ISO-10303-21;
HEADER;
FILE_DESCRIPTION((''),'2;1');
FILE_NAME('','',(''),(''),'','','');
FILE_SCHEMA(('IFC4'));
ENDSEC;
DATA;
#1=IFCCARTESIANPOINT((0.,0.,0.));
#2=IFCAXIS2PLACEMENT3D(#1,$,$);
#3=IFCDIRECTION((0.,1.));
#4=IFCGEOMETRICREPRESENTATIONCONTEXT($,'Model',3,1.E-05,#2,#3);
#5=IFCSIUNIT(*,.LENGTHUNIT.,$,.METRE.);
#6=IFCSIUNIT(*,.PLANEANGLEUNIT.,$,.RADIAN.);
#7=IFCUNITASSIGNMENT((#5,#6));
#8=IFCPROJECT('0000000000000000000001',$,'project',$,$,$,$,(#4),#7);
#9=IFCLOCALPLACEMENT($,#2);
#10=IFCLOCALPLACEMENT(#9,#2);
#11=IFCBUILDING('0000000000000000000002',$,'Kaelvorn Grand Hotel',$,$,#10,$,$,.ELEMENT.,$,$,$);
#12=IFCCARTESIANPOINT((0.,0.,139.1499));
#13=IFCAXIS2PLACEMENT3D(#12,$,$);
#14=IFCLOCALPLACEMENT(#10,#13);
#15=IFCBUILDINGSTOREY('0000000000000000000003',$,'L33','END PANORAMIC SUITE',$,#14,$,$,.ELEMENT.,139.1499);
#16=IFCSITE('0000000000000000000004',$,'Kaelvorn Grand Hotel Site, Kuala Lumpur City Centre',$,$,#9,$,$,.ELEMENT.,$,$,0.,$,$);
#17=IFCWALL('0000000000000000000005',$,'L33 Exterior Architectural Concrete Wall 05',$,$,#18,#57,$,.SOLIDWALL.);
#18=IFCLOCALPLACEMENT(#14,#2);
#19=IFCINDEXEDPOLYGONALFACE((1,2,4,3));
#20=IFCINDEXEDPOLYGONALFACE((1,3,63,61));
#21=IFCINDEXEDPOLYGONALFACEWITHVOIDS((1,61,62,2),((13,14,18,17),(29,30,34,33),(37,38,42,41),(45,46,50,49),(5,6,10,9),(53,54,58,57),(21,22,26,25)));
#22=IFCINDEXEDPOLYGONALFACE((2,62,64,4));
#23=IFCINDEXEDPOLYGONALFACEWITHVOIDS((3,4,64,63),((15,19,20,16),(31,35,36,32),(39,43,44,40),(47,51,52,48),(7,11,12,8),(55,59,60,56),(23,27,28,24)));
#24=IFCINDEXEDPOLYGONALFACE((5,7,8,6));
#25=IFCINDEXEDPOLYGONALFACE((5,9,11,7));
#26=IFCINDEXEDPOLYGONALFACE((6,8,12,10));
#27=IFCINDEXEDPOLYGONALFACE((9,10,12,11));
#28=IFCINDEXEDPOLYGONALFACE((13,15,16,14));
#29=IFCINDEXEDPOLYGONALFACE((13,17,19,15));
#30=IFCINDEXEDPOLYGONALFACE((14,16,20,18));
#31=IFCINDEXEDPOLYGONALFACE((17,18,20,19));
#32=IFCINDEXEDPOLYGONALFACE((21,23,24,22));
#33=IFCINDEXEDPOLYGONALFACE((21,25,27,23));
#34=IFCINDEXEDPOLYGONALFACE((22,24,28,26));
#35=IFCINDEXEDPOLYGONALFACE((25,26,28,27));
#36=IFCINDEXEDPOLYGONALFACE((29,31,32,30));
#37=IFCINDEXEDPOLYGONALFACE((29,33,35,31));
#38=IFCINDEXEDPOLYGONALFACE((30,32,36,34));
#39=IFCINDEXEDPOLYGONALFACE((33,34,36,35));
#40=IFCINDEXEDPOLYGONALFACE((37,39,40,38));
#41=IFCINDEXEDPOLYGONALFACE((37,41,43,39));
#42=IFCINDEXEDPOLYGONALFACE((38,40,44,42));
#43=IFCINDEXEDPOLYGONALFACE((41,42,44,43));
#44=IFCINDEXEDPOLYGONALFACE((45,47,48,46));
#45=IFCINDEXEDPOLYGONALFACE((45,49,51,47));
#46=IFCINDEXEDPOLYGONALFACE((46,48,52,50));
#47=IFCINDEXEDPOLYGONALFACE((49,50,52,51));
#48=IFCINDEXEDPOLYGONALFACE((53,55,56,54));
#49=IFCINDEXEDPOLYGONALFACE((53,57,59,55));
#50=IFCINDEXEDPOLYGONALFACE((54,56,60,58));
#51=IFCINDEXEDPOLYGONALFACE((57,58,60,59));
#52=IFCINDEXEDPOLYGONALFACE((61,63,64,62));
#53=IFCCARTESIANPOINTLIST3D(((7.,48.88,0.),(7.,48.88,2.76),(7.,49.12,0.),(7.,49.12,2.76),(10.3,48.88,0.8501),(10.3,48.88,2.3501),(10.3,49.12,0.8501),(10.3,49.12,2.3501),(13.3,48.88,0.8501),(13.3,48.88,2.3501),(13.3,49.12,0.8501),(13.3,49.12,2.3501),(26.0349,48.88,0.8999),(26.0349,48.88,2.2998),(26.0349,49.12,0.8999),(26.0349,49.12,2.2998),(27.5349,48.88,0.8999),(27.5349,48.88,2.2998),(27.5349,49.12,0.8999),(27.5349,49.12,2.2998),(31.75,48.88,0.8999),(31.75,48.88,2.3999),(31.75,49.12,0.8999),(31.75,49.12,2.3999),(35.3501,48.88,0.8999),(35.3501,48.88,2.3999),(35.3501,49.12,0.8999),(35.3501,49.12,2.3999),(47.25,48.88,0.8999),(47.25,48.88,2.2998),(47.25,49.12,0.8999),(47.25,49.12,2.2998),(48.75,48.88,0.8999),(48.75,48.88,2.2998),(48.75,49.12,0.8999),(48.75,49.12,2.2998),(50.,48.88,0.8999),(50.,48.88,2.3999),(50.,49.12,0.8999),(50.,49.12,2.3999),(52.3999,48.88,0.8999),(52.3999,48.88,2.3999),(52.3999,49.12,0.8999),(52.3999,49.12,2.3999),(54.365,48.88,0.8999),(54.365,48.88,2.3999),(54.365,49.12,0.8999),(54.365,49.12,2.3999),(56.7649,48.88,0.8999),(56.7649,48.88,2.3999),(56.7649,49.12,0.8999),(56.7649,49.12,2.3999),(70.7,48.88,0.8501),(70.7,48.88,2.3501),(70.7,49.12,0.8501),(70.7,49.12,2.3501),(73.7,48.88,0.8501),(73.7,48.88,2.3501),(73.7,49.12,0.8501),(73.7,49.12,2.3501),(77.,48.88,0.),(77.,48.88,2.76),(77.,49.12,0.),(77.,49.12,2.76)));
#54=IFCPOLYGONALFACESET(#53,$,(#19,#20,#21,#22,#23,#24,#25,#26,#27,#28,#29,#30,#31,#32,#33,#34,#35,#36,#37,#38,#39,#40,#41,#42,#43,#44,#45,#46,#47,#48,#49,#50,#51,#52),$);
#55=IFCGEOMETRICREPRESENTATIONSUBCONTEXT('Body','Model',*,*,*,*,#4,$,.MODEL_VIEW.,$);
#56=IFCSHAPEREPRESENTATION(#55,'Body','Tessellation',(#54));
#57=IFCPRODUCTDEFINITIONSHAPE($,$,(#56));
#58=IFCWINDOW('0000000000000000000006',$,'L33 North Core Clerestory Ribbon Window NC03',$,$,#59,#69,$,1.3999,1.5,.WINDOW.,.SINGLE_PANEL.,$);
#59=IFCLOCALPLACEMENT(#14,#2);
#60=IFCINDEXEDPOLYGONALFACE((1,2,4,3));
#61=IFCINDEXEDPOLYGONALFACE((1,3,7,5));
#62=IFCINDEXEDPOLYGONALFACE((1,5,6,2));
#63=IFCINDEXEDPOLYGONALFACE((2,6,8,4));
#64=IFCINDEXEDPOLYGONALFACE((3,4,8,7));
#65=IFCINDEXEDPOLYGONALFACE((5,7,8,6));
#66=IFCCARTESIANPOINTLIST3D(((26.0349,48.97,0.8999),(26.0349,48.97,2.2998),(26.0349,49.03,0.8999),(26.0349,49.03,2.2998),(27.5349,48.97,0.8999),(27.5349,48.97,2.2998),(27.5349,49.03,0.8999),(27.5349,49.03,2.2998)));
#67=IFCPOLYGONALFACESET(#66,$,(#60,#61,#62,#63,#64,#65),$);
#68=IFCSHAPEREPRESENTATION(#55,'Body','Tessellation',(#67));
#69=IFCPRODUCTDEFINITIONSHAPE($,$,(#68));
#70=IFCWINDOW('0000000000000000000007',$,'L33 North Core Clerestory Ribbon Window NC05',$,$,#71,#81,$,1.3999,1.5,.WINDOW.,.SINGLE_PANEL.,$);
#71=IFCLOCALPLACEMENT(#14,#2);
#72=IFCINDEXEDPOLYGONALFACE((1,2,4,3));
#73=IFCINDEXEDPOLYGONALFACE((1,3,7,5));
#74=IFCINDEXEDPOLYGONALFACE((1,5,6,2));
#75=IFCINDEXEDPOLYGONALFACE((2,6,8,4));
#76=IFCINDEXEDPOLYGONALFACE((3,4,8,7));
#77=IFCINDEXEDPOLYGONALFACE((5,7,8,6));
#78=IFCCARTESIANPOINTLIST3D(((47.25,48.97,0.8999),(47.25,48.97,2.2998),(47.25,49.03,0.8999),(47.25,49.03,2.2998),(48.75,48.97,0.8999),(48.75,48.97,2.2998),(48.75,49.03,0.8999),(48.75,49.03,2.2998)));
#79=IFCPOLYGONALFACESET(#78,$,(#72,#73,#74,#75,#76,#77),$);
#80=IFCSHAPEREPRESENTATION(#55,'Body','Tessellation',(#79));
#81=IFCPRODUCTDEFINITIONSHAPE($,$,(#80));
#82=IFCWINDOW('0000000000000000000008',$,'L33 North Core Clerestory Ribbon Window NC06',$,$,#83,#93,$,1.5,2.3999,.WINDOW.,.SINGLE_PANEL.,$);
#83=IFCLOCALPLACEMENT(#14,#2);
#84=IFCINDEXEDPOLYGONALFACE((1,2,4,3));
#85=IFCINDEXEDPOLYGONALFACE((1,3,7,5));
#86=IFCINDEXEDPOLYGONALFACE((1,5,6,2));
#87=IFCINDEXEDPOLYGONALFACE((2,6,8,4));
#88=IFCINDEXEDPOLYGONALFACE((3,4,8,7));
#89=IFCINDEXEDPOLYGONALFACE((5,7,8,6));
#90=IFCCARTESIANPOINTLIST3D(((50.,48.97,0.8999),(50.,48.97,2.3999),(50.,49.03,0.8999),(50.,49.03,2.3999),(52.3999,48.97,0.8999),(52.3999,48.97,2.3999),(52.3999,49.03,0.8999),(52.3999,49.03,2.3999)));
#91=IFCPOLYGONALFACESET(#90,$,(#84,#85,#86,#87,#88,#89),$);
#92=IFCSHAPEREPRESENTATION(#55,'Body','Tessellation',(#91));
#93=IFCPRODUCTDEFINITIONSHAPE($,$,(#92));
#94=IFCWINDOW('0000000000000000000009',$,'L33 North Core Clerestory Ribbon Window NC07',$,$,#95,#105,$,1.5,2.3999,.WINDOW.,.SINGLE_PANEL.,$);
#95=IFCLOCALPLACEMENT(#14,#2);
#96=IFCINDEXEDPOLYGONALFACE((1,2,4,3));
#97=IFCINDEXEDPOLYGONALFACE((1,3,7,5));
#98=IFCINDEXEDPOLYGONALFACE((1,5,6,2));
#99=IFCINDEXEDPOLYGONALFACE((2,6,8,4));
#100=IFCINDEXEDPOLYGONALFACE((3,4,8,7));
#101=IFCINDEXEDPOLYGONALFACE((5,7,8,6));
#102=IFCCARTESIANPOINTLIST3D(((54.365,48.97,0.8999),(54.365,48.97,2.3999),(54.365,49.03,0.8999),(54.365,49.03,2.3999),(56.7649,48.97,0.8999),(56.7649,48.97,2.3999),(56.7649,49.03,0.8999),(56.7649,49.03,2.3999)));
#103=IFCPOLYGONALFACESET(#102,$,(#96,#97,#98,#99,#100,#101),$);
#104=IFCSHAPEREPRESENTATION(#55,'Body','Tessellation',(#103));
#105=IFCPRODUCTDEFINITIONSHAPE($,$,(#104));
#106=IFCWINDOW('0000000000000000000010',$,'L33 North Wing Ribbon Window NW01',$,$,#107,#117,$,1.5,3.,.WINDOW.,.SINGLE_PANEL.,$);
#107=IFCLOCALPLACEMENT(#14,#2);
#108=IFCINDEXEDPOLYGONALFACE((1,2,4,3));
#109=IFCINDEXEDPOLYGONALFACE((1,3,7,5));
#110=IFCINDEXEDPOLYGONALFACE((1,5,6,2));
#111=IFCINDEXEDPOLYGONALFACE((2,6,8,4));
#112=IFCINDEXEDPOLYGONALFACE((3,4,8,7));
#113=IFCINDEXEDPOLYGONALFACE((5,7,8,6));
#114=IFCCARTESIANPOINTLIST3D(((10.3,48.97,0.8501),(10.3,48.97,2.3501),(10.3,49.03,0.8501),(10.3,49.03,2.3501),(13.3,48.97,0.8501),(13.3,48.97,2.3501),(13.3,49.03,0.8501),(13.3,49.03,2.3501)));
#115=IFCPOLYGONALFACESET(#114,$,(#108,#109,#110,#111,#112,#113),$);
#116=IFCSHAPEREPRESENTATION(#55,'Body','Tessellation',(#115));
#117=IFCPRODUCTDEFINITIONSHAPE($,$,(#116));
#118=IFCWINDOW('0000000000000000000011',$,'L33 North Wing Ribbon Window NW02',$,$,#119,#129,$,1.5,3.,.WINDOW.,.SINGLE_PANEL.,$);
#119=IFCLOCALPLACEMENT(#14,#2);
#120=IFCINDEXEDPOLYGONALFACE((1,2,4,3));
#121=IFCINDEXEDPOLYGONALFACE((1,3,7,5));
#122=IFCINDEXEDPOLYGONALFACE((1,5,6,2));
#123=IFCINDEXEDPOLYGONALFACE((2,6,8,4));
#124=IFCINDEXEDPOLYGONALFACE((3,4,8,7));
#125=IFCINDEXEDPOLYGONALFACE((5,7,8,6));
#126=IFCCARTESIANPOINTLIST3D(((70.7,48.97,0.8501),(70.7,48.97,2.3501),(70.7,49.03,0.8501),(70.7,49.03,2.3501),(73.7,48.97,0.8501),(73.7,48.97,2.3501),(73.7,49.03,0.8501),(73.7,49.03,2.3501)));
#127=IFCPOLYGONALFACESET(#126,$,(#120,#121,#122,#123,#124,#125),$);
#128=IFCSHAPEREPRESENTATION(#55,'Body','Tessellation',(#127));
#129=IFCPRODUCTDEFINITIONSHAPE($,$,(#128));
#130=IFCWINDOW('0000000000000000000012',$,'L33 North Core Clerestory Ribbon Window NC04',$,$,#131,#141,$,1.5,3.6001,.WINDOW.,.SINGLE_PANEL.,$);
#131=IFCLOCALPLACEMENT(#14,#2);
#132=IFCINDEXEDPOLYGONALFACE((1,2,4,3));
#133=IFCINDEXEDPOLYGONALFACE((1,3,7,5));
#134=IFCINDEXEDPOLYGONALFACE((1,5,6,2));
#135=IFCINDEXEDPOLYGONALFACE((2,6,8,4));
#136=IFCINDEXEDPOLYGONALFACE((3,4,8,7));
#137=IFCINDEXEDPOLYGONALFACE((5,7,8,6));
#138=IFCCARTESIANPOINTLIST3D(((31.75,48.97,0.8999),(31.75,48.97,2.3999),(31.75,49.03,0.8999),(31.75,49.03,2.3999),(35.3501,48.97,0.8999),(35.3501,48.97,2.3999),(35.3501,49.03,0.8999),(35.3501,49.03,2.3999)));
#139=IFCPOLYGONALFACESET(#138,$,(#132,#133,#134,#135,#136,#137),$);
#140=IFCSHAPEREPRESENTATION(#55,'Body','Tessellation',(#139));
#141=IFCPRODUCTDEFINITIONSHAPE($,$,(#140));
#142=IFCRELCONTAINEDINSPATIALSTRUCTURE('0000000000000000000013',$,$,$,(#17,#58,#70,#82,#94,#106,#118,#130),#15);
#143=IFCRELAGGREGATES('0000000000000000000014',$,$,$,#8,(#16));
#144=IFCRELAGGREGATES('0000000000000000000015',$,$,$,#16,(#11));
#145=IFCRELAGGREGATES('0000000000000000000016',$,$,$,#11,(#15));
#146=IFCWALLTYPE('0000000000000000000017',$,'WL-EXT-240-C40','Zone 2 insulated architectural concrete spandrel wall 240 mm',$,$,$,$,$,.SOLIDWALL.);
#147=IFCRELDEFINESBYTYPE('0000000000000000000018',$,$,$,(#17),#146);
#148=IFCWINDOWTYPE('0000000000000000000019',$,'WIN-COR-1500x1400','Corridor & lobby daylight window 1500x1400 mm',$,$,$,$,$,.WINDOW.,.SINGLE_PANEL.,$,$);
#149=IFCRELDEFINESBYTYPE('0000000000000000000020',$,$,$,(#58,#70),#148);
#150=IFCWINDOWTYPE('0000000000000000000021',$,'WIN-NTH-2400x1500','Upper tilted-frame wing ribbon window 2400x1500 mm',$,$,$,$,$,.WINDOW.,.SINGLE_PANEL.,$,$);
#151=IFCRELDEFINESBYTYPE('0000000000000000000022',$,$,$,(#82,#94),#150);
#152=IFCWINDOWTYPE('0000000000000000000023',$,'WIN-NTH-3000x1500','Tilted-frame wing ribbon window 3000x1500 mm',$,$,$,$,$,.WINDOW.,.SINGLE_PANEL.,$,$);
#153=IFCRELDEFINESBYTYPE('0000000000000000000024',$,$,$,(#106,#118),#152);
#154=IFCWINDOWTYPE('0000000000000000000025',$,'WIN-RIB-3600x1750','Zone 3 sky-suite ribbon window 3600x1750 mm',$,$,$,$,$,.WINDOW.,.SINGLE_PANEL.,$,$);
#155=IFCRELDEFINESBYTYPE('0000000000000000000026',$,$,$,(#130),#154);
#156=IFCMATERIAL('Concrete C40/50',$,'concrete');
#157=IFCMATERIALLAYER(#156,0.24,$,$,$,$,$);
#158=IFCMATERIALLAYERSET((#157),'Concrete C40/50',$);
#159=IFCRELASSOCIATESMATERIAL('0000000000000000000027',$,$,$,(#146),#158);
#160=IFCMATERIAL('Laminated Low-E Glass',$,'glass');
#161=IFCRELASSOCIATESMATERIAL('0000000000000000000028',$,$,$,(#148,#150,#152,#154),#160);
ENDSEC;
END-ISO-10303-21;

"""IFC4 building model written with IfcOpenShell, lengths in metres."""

from ifc_helpers import new_model, si_unit, direction, frame, frame_2d, origin, place, context, subcontext, project, spatial, rectangle, extrude, material, layer, layer_set, type_object, element, fill, save


model = new_model("IFC4")

# Units and contexts
model_context = context("Model", 3, precision=1e-05, world=origin(), true_north=direction((0.0, 1.0)))
body_context = subcontext(model_context, "Body", "Model", "MODEL_VIEW")
ifc_project = project(units=[si_unit("LENGTHUNIT", "METRE"), si_unit("PLANEANGLEUNIT", "RADIAN")], contexts=[model_context])

# Site, building, storey
site_placement = place(None, origin())
site = spatial("IfcSite", under=ifc_project, at=site_placement, Name="Kaelvorn Grand Hotel Site, Kuala Lumpur City Centre", CompositionType="ELEMENT", RefElevation=0.0)
building_placement = place(site_placement, origin())
building = spatial("IfcBuilding", under=site, at=building_placement, Name="Kaelvorn Grand Hotel", CompositionType="ELEMENT")
storey_placement = place(building_placement, frame((0.0, 0.0, 139.1499)))
storey = spatial("IfcBuildingStorey", under=building, at=storey_placement, Name="L33", Description="END PANORAMIC SUITE", CompositionType="ELEMENT", Elevation=139.1499)

# Shared definitions
ifc_material_1 = material(Name="Concrete C40/50", Category="concrete")
ifc_layer_1 = layer(ifc_material_1, 0.24)
ifc_layer_set_1 = layer_set([ifc_layer_1], Name="Concrete C40/50")
wall_type = type_object("IfcWallType", Name="WL-EXT-240-C40", Description="Zone 2 insulated architectural concrete spandrel wall 240 mm", PredefinedType="SOLIDWALL", material=ifc_layer_set_1)
ifc_material_2 = material(Name="Laminated Low-E Glass", Category="glass")

# Wall, openings, windows
wall_1_placement = place(storey_placement, frame((77.0, 49.0, 0.0), z_axis=(0.0, 0.0, 1.0), x_axis=(-1.0, 0.0, 0.0)))
wall_1 = element("IfcWall", 1, at=wall_1_placement, inside=storey, type_object=wall_type, Name="L33 Exterior Architectural Concrete Wall 05", PredefinedType="SOLIDWALL", context=body_context, shape_type="SweptSolid", body=[
    extrude(rectangle(XDim=70.0, YDim=0.24, at=frame_2d((35.0, 0.0))), origin(), (0.0, 0.0, 1.0), 2.76),
])
opening_1_placement = place(wall_1_placement, frame((63.7, 0.0, 0.8501)))
opening_1 = element("IfcOpeningElement", 2, at=opening_1_placement, cuts=wall_1, PredefinedType="OPENING", context=body_context, shape_type="SweptSolid", body=[
    extrude(rectangle(XDim=3.0, YDim=1.5, at=frame_2d((1.5, 0.75))), frame((0.0, 0.1299, 0.0), z_axis=(0.0, -1.0, 0.0), x_axis=(1.0, 0.0, 0.0)), (0.0, 0.0, 1.0), 0.26),
])
opening_2_placement = place(wall_1_placement, frame((3.3, 0.0, 0.8501)))
opening_2 = element("IfcOpeningElement", 3, at=opening_2_placement, cuts=wall_1, PredefinedType="OPENING", context=body_context, shape_type="SweptSolid", body=[
    extrude(rectangle(XDim=3.0, YDim=1.5, at=frame_2d((1.5, 0.75))), frame((0.0, 0.1299, 0.0), z_axis=(0.0, -1.0, 0.0), x_axis=(1.0, 0.0, 0.0)), (0.0, 0.0, 1.0), 0.26),
])
opening_3_placement = place(wall_1_placement, frame((49.4651, 0.0, 0.8999)))
opening_3 = element("IfcOpeningElement", 4, at=opening_3_placement, cuts=wall_1, PredefinedType="OPENING", context=body_context, shape_type="SweptSolid", body=[
    extrude(rectangle(XDim=1.5, YDim=1.3999, at=frame_2d((0.75, 0.7))), frame((0.0, 0.1299, 0.0), z_axis=(0.0, -1.0, 0.0), x_axis=(1.0, 0.0, 0.0)), (0.0, 0.0, 1.0), 0.26),
])
opening_4_placement = place(wall_1_placement, frame((41.6499, 0.0, 0.8999)))
opening_4 = element("IfcOpeningElement", 5, at=opening_4_placement, cuts=wall_1, PredefinedType="OPENING", context=body_context, shape_type="SweptSolid", body=[
    extrude(rectangle(XDim=3.6001, YDim=1.5, at=frame_2d((1.8, 0.75))), frame((0.0, 0.1299, 0.0), z_axis=(0.0, -1.0, 0.0), x_axis=(1.0, 0.0, 0.0)), (0.0, 0.0, 1.0), 0.26),
])
opening_5_placement = place(wall_1_placement, frame((28.25, 0.0, 0.8999)))
opening_5 = element("IfcOpeningElement", 6, at=opening_5_placement, cuts=wall_1, PredefinedType="OPENING", context=body_context, shape_type="SweptSolid", body=[
    extrude(rectangle(XDim=1.5, YDim=1.3999, at=frame_2d((0.75, 0.7))), frame((0.0, 0.1299, 0.0), z_axis=(0.0, -1.0, 0.0), x_axis=(1.0, 0.0, 0.0)), (0.0, 0.0, 1.0), 0.26),
])
opening_6_placement = place(wall_1_placement, frame((24.6001, 0.0, 0.8999)))
opening_6 = element("IfcOpeningElement", 7, at=opening_6_placement, cuts=wall_1, PredefinedType="OPENING", context=body_context, shape_type="SweptSolid", body=[
    extrude(rectangle(XDim=2.3999, YDim=1.5, at=frame_2d((1.2, 0.75))), frame((0.0, 0.1299, 0.0), z_axis=(0.0, -1.0, 0.0), x_axis=(1.0, 0.0, 0.0)), (0.0, 0.0, 1.0), 0.26),
])
opening_7_placement = place(wall_1_placement, frame((20.2351, 0.0, 0.8999)))
opening_7 = element("IfcOpeningElement", 8, at=opening_7_placement, cuts=wall_1, PredefinedType="OPENING", context=body_context, shape_type="SweptSolid", body=[
    extrude(rectangle(XDim=2.3999, YDim=1.5, at=frame_2d((1.2, 0.75))), frame((0.0, 0.1299, 0.0), z_axis=(0.0, -1.0, 0.0), x_axis=(1.0, 0.0, 0.0)), (0.0, 0.0, 1.0), 0.26),
])
window_type_1 = type_object("IfcWindowType", Name="WIN-COR-1500x1400", Description="Corridor & lobby daylight window 1500x1400 mm", PartitioningType="SINGLE_PANEL", PredefinedType="WINDOW", material=ifc_material_2)
window_1_placement = place(opening_3_placement, origin())
window_1 = element("IfcWindow", 9, at=window_1_placement, inside=storey, type_object=window_type_1, Name="L33 North Core Clerestory Ribbon Window NC03", OverallHeight=1.3999, OverallWidth=1.5, PartitioningType="SINGLE_PANEL", PredefinedType="WINDOW", context=body_context, shape_type="SweptSolid", body=[
    extrude(rectangle(XDim=1.5, YDim=1.3999, at=frame_2d((0.75, 0.7))), frame((0.0, 0.03, 0.0), z_axis=(0.0, -1.0, 0.0), x_axis=(1.0, 0.0, 0.0)), (0.0, 0.0, 1.0), 0.0601),
])
fill(opening_3, window_1)
window_2_placement = place(opening_5_placement, origin())
window_2 = element("IfcWindow", 10, at=window_2_placement, inside=storey, type_object=window_type_1, Name="L33 North Core Clerestory Ribbon Window NC05", OverallHeight=1.3999, OverallWidth=1.5, PartitioningType="SINGLE_PANEL", PredefinedType="WINDOW", context=body_context, shape_type="SweptSolid", body=[
    extrude(rectangle(XDim=1.5, YDim=1.3999, at=frame_2d((0.75, 0.7))), frame((0.0, 0.03, 0.0), z_axis=(0.0, -1.0, 0.0), x_axis=(1.0, 0.0, 0.0)), (0.0, 0.0, 1.0), 0.0601),
])
fill(opening_5, window_2)
window_type_2 = type_object("IfcWindowType", Name="WIN-NTH-2400x1500", Description="Upper tilted-frame wing ribbon window 2400x1500 mm", PartitioningType="SINGLE_PANEL", PredefinedType="WINDOW", material=ifc_material_2)
window_3_placement = place(opening_6_placement, origin())
window_3 = element("IfcWindow", 11, at=window_3_placement, inside=storey, type_object=window_type_2, Name="L33 North Core Clerestory Ribbon Window NC06", OverallHeight=1.5, OverallWidth=2.3999, PartitioningType="SINGLE_PANEL", PredefinedType="WINDOW", context=body_context, shape_type="SweptSolid", body=[
    extrude(rectangle(XDim=2.3999, YDim=1.5, at=frame_2d((1.2, 0.75))), frame((0.0, 0.03, 0.0), z_axis=(0.0, -1.0, 0.0), x_axis=(1.0, 0.0, 0.0)), (0.0, 0.0, 1.0), 0.0601),
])
fill(opening_6, window_3)
window_4_placement = place(opening_7_placement, origin())
window_4 = element("IfcWindow", 12, at=window_4_placement, inside=storey, type_object=window_type_2, Name="L33 North Core Clerestory Ribbon Window NC07", OverallHeight=1.5, OverallWidth=2.3999, PartitioningType="SINGLE_PANEL", PredefinedType="WINDOW", context=body_context, shape_type="SweptSolid", body=[
    extrude(rectangle(XDim=2.3999, YDim=1.5, at=frame_2d((1.2, 0.75))), frame((0.0, 0.03, 0.0), z_axis=(0.0, -1.0, 0.0), x_axis=(1.0, 0.0, 0.0)), (0.0, 0.0, 1.0), 0.0601),
])
fill(opening_7, window_4)
window_type_3 = type_object("IfcWindowType", Name="WIN-NTH-3000x1500", Description="Tilted-frame wing ribbon window 3000x1500 mm", PartitioningType="SINGLE_PANEL", PredefinedType="WINDOW", material=ifc_material_2)
window_5_placement = place(opening_1_placement, origin())
window_5 = element("IfcWindow", 13, at=window_5_placement, inside=storey, type_object=window_type_3, Name="L33 North Wing Ribbon Window NW01", OverallHeight=1.5, OverallWidth=3.0, PartitioningType="SINGLE_PANEL", PredefinedType="WINDOW", context=body_context, shape_type="SweptSolid", body=[
    extrude(rectangle(XDim=3.0, YDim=1.5, at=frame_2d((1.5, 0.75))), frame((0.0, 0.03, 0.0), z_axis=(0.0, -1.0, 0.0), x_axis=(1.0, 0.0, 0.0)), (0.0, 0.0, 1.0), 0.0601),
])
fill(opening_1, window_5)
window_6_placement = place(opening_2_placement, origin())
window_6 = element("IfcWindow", 14, at=window_6_placement, inside=storey, type_object=window_type_3, Name="L33 North Wing Ribbon Window NW02", OverallHeight=1.5, OverallWidth=3.0, PartitioningType="SINGLE_PANEL", PredefinedType="WINDOW", context=body_context, shape_type="SweptSolid", body=[
    extrude(rectangle(XDim=3.0, YDim=1.5, at=frame_2d((1.5, 0.75))), frame((0.0, 0.03, 0.0), z_axis=(0.0, -1.0, 0.0), x_axis=(1.0, 0.0, 0.0)), (0.0, 0.0, 1.0), 0.0601),
])
fill(opening_2, window_6)
window_type_4 = type_object("IfcWindowType", Name="WIN-RIB-3600x1750", Description="Zone 3 sky-suite ribbon window 3600x1750 mm", PartitioningType="SINGLE_PANEL", PredefinedType="WINDOW", material=ifc_material_2)
window_7_placement = place(opening_4_placement, origin())
window_7 = element("IfcWindow", 15, at=window_7_placement, inside=storey, type_object=window_type_4, Name="L33 North Core Clerestory Ribbon Window NC04", OverallHeight=1.5, OverallWidth=3.6001, PartitioningType="SINGLE_PANEL", PredefinedType="WINDOW", context=body_context, shape_type="SweptSolid", body=[
    extrude(rectangle(XDim=3.6001, YDim=1.5, at=frame_2d((1.8, 0.75))), frame((0.0, 0.03, 0.0), z_axis=(0.0, -1.0, 0.0), x_axis=(1.0, 0.0, 0.0)), (0.0, 0.0, 1.0), 0.0601),
])
fill(opening_4, window_7)

save(model, "model.ifc")
